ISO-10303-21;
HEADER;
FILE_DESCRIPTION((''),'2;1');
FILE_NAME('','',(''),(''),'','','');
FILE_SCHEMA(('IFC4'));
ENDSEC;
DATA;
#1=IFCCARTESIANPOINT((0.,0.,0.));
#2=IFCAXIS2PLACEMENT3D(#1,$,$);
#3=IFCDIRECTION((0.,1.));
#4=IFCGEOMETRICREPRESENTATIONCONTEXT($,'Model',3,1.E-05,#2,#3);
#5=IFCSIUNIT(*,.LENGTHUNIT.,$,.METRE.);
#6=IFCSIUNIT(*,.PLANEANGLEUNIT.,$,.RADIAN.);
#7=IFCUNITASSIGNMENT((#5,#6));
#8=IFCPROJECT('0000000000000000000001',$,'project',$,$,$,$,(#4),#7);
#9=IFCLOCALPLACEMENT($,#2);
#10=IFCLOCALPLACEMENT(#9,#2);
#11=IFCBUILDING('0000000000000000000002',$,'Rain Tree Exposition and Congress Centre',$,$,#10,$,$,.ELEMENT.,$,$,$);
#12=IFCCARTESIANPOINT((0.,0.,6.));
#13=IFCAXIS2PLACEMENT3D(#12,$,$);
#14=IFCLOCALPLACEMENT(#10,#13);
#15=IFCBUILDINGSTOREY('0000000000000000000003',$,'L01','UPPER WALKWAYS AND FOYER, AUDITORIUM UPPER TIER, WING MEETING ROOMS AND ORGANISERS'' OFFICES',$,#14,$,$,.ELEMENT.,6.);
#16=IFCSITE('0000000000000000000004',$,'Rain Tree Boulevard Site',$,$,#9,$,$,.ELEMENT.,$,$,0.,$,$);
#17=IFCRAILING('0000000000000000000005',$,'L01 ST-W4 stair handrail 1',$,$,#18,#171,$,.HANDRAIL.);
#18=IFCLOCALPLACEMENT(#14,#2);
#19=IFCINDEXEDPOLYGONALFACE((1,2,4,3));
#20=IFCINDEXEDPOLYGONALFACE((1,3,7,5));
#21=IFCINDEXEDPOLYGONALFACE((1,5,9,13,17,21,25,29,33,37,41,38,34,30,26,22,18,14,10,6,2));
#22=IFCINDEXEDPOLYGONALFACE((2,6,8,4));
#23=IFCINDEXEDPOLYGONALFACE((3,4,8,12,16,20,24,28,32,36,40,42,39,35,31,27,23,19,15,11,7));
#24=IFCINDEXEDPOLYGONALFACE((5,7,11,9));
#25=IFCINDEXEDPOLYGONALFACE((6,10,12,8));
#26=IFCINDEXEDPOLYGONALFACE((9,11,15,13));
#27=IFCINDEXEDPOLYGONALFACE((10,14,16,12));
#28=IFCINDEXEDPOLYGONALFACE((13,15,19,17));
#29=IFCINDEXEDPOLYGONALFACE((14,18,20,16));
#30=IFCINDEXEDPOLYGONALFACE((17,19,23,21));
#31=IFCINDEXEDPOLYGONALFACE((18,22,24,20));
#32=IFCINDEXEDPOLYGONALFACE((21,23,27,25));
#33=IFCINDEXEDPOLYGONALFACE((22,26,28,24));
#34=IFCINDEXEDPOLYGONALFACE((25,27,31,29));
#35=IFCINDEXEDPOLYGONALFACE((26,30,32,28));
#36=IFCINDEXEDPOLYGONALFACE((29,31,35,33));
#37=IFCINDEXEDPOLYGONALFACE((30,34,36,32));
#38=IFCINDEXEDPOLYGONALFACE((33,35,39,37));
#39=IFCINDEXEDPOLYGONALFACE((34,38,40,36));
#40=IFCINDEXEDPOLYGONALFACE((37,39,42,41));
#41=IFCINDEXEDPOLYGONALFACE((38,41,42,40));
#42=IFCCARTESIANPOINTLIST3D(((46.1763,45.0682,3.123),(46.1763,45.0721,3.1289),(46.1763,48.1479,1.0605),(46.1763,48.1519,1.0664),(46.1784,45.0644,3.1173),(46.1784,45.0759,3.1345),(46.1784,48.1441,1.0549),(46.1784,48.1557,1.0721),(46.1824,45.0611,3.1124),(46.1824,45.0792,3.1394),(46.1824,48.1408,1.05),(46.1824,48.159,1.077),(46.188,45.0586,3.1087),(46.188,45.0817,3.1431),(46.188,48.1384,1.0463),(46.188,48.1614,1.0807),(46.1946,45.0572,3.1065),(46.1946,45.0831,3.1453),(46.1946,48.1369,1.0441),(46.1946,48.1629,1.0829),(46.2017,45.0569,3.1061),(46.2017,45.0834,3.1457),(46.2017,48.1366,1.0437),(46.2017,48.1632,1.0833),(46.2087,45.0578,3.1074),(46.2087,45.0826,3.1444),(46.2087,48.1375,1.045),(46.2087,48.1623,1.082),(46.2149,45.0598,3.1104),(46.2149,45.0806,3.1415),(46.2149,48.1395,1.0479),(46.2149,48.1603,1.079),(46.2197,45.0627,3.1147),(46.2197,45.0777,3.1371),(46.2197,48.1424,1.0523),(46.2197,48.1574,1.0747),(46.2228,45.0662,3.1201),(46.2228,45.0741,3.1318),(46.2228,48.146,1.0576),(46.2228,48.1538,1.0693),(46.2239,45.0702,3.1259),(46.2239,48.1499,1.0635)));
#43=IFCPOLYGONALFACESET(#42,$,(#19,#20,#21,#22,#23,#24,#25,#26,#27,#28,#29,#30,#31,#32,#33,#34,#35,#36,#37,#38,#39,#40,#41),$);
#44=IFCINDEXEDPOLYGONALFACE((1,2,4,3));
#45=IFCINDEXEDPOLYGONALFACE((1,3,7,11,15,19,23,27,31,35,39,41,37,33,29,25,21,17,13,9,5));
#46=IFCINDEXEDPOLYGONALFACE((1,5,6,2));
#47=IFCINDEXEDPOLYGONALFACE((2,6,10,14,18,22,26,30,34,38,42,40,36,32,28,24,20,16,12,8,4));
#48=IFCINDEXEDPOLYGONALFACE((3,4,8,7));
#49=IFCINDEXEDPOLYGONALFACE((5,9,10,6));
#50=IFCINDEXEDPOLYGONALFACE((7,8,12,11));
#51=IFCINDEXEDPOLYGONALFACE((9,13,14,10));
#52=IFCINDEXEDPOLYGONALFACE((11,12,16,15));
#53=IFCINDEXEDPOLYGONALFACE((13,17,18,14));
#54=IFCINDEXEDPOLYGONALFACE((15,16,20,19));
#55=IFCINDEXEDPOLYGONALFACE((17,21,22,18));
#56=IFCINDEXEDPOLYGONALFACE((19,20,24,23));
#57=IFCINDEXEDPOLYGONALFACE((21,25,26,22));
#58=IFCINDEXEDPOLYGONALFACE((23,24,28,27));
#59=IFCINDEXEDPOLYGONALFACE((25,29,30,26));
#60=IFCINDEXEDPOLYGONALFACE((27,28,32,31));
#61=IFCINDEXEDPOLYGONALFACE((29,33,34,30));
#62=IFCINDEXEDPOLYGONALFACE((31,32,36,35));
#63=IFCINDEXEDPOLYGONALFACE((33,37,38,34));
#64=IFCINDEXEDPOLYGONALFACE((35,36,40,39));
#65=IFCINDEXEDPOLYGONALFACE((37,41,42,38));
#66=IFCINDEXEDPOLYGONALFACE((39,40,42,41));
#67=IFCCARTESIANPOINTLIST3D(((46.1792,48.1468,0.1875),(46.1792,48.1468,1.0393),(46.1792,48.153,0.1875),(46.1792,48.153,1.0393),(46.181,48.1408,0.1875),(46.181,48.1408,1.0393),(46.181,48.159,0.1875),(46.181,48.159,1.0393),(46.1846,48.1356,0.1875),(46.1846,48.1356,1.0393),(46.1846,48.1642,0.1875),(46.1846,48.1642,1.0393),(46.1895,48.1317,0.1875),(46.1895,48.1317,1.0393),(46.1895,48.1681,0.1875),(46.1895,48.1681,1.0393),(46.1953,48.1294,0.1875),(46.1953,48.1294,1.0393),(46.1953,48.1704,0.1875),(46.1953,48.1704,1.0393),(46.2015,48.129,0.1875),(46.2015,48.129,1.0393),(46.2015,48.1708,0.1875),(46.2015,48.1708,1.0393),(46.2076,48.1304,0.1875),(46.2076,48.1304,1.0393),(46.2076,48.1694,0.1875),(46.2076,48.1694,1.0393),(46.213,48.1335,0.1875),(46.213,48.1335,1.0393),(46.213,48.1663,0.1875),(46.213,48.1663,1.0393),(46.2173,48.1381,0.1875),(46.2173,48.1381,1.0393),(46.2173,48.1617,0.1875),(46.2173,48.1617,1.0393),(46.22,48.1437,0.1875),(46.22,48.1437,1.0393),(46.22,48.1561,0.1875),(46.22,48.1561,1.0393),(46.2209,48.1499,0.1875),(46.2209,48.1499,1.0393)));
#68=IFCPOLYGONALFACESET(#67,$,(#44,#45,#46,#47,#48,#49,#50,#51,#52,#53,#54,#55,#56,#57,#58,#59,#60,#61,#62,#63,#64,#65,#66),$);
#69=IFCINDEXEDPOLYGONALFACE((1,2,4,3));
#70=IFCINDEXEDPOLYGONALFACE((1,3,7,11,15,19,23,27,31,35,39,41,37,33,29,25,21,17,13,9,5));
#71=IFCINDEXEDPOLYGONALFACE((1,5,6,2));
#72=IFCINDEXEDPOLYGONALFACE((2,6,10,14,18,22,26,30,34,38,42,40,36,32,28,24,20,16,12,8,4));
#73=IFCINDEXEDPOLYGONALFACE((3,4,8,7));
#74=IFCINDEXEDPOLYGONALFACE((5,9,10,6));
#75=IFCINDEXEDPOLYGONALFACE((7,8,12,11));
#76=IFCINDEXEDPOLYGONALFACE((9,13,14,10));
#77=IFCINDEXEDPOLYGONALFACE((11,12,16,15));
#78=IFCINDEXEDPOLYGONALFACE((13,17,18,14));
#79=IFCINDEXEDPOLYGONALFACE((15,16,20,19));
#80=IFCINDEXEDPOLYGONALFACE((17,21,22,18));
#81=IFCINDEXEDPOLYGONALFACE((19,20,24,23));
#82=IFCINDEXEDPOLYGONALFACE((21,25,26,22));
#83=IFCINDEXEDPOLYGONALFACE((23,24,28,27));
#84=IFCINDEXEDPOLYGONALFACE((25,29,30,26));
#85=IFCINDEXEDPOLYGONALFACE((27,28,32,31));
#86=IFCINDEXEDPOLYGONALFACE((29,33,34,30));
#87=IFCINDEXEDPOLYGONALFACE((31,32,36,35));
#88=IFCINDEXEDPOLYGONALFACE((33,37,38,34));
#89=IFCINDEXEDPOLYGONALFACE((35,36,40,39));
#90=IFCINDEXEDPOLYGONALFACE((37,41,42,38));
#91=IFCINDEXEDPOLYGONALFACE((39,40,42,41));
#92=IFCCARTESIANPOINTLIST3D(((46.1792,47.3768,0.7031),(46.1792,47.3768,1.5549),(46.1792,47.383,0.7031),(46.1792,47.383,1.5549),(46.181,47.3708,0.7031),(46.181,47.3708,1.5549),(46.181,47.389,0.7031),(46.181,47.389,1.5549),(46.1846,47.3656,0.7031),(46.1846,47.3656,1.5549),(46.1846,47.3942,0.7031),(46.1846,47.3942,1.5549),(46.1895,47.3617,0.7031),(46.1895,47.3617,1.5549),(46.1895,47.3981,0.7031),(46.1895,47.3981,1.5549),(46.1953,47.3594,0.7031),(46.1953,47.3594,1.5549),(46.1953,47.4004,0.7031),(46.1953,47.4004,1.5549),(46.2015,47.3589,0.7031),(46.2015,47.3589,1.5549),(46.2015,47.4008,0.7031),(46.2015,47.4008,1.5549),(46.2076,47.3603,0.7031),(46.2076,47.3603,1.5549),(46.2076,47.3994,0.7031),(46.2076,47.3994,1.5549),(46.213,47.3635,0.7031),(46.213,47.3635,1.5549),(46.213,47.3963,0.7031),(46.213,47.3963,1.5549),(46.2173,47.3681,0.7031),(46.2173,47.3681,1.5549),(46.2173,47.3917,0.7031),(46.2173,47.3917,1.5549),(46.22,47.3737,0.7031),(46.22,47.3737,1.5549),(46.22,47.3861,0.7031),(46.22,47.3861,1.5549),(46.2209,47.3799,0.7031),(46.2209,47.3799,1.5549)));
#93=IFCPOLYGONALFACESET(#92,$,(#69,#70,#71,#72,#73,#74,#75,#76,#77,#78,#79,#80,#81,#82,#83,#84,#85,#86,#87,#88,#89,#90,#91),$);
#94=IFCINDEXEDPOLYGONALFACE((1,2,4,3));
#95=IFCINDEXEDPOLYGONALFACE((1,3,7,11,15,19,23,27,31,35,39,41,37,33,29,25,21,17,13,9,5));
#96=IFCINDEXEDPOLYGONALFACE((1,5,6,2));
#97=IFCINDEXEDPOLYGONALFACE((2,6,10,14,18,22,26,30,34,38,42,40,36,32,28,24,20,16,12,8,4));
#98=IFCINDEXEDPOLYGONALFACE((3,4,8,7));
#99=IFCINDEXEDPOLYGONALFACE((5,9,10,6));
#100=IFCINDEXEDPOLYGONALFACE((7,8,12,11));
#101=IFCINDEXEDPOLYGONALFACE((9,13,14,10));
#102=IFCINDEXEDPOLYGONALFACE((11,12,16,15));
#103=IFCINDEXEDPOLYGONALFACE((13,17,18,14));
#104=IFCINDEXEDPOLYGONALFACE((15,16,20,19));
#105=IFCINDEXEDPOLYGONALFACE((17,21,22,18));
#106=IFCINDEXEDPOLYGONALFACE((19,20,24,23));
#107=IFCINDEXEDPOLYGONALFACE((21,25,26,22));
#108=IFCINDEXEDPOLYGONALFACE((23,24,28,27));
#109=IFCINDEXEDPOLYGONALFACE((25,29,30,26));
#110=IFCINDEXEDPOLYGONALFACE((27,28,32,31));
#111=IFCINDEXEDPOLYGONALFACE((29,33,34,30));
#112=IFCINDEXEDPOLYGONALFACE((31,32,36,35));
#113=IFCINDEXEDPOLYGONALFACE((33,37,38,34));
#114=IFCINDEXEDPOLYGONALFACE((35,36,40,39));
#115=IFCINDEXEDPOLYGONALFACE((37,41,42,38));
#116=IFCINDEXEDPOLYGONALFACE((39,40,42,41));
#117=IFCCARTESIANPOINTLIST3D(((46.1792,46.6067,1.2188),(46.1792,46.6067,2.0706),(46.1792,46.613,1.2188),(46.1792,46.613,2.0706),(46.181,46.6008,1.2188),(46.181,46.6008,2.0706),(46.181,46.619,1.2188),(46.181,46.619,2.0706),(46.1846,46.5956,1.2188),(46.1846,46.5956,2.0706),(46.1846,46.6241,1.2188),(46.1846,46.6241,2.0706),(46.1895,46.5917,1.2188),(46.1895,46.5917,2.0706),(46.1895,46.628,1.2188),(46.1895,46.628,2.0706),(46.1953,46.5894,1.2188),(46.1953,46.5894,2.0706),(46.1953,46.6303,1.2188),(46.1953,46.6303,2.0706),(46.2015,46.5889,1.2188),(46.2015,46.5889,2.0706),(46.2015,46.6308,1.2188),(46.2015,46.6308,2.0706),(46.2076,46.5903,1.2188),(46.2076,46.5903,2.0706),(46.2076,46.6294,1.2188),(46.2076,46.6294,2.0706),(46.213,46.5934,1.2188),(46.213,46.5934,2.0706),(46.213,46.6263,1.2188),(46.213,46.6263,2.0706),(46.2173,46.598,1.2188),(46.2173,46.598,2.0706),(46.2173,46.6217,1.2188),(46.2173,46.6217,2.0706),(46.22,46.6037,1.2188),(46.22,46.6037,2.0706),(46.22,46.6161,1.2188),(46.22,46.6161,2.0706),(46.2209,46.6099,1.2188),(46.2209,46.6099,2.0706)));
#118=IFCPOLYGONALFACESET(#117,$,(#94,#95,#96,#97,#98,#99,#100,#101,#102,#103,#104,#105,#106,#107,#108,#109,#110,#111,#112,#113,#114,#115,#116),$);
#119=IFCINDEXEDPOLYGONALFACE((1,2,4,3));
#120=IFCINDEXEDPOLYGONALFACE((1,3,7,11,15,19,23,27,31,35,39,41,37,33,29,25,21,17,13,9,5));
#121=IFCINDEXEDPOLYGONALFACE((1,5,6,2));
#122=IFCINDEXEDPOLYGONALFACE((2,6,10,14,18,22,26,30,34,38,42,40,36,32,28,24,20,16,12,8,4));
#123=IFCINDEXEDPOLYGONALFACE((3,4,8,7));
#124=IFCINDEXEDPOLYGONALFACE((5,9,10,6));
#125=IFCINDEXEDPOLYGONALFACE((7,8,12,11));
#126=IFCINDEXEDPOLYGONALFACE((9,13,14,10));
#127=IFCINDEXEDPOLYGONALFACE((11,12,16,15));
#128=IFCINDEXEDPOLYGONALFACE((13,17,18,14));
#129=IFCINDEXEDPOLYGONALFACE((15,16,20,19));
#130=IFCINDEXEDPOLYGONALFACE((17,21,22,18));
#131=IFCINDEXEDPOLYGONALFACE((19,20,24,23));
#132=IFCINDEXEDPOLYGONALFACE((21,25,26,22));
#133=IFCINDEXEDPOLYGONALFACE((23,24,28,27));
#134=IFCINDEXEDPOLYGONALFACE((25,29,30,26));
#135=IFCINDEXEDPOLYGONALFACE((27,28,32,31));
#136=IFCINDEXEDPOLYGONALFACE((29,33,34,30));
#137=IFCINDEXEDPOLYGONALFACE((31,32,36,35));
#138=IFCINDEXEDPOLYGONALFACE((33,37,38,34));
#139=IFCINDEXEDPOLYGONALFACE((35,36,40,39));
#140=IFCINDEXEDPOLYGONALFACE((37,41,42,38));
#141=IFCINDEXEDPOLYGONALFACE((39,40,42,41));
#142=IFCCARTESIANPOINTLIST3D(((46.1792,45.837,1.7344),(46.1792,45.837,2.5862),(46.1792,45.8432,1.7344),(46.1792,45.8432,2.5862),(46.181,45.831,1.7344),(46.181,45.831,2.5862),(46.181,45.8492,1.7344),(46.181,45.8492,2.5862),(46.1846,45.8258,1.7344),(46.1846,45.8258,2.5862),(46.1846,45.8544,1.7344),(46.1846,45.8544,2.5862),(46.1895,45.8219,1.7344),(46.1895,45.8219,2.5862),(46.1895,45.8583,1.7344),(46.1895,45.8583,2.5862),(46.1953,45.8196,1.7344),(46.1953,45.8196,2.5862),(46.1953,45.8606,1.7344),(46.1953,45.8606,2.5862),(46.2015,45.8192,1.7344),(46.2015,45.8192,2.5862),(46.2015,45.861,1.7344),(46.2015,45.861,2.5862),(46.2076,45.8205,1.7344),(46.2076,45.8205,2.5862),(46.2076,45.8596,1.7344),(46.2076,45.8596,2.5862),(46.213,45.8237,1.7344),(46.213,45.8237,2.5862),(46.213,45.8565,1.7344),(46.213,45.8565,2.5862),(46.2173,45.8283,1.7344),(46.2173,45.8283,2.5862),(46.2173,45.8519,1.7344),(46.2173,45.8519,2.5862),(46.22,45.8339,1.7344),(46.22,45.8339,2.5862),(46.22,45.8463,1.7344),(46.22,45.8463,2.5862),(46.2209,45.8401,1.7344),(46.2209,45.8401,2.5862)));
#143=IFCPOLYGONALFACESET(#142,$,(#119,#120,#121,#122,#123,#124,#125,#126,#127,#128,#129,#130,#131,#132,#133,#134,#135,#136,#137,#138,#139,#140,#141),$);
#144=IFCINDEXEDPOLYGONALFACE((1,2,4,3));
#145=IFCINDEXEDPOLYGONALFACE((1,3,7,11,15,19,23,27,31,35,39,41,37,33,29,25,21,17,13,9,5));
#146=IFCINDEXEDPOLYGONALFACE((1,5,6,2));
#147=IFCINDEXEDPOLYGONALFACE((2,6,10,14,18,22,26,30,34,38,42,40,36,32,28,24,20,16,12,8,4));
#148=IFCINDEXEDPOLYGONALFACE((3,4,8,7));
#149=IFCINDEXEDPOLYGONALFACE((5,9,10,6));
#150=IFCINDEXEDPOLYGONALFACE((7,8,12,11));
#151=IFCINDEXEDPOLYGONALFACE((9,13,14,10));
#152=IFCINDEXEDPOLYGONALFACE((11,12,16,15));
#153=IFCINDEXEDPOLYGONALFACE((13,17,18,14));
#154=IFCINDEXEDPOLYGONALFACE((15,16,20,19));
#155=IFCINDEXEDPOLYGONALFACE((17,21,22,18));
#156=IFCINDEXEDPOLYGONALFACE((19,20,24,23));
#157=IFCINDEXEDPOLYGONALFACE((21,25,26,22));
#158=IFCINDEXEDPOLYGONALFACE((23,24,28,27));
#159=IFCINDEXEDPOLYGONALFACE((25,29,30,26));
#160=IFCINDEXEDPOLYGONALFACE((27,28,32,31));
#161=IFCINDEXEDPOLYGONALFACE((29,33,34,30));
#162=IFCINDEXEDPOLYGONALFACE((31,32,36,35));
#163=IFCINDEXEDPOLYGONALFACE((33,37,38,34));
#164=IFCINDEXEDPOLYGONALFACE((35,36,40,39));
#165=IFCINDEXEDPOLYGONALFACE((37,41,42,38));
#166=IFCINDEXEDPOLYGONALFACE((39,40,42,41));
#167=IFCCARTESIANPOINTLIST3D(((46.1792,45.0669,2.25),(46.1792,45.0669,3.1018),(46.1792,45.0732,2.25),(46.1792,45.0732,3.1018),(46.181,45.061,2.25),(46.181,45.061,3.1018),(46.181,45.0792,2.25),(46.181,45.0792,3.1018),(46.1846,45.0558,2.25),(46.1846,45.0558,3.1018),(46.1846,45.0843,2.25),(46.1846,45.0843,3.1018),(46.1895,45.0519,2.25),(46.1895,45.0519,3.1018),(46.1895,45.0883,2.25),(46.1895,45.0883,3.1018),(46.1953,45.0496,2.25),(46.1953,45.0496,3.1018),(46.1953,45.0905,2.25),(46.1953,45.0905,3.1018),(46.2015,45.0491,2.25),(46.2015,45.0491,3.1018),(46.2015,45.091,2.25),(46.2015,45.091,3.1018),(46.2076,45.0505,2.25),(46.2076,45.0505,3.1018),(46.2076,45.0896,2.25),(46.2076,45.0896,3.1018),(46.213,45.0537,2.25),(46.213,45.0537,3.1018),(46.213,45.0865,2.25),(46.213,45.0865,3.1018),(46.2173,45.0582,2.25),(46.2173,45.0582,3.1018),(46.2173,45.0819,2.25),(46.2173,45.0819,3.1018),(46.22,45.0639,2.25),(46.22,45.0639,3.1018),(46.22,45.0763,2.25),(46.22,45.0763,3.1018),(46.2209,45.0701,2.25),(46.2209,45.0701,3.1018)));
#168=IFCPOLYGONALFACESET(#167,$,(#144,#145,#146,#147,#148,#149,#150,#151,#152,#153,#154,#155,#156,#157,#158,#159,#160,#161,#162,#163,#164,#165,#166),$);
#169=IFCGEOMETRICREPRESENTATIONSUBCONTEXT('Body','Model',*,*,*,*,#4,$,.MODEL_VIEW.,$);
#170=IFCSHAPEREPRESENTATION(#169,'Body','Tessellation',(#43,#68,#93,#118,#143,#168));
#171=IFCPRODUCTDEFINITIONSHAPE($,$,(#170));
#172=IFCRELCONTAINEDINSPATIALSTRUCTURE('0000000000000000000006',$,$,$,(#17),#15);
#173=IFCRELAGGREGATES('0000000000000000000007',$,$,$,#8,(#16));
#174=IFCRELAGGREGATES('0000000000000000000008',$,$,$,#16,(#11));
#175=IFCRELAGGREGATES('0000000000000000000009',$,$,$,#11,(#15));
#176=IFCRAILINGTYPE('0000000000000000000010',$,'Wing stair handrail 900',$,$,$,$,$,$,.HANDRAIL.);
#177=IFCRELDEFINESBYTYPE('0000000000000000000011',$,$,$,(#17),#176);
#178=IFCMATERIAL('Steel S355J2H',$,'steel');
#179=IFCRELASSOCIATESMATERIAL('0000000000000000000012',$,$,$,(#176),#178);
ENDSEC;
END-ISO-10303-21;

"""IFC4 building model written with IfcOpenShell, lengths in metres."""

from ifc_helpers import new_model, si_unit, direction, frame, origin, origin_2d, place, context, subcontext, project, spatial, circle, extrude, material, type_object, element, save


model = new_model("IFC4")

# Units and contexts
model_context = context("Model", 3, precision=1e-05, world=origin(), true_north=direction((0.0, 1.0)))
body_context = subcontext(model_context, "Body", "Model", "MODEL_VIEW")
ifc_project = project(units=[si_unit("LENGTHUNIT", "METRE"), si_unit("PLANEANGLEUNIT", "RADIAN")], contexts=[model_context])

# Site, building, storey
site_placement = place(None, origin())
site = spatial("IfcSite", under=ifc_project, at=site_placement, Name="Rain Tree Boulevard Site", CompositionType="ELEMENT", RefElevation=0.0)
building_placement = place(site_placement, origin())
building = spatial("IfcBuilding", under=site, at=building_placement, Name="Rain Tree Exposition and Congress Centre", CompositionType="ELEMENT")
storey_placement = place(building_placement, frame((0.0, 0.0, 6.0)))
storey = spatial("IfcBuildingStorey", under=building, at=storey_placement, Name="L01", Description="UPPER WALKWAYS AND FOYER, AUDITORIUM UPPER TIER, WING MEETING ROOMS AND ORGANISERS' OFFICES", CompositionType="ELEMENT", Elevation=6.0)

# Railing
ifc_material_1 = material(Name="Steel S355J2H", Category="steel")
railing_type_1 = type_object("IfcRailingType", Name="Wing stair handrail 900", PredefinedType="HANDRAIL", material=ifc_material_1)
railing_1_placement = place(storey_placement, frame((46.2, 48.1499, 0.1875)))
element("IfcRailing", 1, at=railing_1_placement, inside=storey, type_object=railing_type_1, Name="L01 ST-W4 stair handrail 1", PredefinedType="HANDRAIL", context=body_context, shape_type="SweptSolid", body=[
    extrude(circle(Radius=0.0239, at=origin_2d()), frame((0.0, 0.0, 0.876), z_axis=(0.0, -0.830893, 0.556432), x_axis=(1.0, 0.0, 0.0)), (0.0, 0.0, 1.0), 3.7065),
    extrude(circle(Radius=0.021, at=origin_2d()), origin(), (0.0, 0.0, 1.0), 0.8518),
    extrude(circle(Radius=0.021, at=origin_2d()), frame((0.0, -0.77, 0.5156)), (0.0, 0.0, 1.0), 0.8518),
    extrude(circle(Radius=0.021, at=origin_2d()), frame((0.0, -1.54, 1.0312)), (0.0, 0.0, 1.0), 0.8518),
    extrude(circle(Radius=0.021, at=origin_2d()), frame((0.0, -2.3098, 1.5469)), (0.0, 0.0, 1.0), 0.8518),
    extrude(circle(Radius=0.021, at=origin_2d()), frame((0.0, -3.0798, 2.0625)), (0.0, 0.0, 1.0), 0.8518),
])

save(model, "model.ifc")
